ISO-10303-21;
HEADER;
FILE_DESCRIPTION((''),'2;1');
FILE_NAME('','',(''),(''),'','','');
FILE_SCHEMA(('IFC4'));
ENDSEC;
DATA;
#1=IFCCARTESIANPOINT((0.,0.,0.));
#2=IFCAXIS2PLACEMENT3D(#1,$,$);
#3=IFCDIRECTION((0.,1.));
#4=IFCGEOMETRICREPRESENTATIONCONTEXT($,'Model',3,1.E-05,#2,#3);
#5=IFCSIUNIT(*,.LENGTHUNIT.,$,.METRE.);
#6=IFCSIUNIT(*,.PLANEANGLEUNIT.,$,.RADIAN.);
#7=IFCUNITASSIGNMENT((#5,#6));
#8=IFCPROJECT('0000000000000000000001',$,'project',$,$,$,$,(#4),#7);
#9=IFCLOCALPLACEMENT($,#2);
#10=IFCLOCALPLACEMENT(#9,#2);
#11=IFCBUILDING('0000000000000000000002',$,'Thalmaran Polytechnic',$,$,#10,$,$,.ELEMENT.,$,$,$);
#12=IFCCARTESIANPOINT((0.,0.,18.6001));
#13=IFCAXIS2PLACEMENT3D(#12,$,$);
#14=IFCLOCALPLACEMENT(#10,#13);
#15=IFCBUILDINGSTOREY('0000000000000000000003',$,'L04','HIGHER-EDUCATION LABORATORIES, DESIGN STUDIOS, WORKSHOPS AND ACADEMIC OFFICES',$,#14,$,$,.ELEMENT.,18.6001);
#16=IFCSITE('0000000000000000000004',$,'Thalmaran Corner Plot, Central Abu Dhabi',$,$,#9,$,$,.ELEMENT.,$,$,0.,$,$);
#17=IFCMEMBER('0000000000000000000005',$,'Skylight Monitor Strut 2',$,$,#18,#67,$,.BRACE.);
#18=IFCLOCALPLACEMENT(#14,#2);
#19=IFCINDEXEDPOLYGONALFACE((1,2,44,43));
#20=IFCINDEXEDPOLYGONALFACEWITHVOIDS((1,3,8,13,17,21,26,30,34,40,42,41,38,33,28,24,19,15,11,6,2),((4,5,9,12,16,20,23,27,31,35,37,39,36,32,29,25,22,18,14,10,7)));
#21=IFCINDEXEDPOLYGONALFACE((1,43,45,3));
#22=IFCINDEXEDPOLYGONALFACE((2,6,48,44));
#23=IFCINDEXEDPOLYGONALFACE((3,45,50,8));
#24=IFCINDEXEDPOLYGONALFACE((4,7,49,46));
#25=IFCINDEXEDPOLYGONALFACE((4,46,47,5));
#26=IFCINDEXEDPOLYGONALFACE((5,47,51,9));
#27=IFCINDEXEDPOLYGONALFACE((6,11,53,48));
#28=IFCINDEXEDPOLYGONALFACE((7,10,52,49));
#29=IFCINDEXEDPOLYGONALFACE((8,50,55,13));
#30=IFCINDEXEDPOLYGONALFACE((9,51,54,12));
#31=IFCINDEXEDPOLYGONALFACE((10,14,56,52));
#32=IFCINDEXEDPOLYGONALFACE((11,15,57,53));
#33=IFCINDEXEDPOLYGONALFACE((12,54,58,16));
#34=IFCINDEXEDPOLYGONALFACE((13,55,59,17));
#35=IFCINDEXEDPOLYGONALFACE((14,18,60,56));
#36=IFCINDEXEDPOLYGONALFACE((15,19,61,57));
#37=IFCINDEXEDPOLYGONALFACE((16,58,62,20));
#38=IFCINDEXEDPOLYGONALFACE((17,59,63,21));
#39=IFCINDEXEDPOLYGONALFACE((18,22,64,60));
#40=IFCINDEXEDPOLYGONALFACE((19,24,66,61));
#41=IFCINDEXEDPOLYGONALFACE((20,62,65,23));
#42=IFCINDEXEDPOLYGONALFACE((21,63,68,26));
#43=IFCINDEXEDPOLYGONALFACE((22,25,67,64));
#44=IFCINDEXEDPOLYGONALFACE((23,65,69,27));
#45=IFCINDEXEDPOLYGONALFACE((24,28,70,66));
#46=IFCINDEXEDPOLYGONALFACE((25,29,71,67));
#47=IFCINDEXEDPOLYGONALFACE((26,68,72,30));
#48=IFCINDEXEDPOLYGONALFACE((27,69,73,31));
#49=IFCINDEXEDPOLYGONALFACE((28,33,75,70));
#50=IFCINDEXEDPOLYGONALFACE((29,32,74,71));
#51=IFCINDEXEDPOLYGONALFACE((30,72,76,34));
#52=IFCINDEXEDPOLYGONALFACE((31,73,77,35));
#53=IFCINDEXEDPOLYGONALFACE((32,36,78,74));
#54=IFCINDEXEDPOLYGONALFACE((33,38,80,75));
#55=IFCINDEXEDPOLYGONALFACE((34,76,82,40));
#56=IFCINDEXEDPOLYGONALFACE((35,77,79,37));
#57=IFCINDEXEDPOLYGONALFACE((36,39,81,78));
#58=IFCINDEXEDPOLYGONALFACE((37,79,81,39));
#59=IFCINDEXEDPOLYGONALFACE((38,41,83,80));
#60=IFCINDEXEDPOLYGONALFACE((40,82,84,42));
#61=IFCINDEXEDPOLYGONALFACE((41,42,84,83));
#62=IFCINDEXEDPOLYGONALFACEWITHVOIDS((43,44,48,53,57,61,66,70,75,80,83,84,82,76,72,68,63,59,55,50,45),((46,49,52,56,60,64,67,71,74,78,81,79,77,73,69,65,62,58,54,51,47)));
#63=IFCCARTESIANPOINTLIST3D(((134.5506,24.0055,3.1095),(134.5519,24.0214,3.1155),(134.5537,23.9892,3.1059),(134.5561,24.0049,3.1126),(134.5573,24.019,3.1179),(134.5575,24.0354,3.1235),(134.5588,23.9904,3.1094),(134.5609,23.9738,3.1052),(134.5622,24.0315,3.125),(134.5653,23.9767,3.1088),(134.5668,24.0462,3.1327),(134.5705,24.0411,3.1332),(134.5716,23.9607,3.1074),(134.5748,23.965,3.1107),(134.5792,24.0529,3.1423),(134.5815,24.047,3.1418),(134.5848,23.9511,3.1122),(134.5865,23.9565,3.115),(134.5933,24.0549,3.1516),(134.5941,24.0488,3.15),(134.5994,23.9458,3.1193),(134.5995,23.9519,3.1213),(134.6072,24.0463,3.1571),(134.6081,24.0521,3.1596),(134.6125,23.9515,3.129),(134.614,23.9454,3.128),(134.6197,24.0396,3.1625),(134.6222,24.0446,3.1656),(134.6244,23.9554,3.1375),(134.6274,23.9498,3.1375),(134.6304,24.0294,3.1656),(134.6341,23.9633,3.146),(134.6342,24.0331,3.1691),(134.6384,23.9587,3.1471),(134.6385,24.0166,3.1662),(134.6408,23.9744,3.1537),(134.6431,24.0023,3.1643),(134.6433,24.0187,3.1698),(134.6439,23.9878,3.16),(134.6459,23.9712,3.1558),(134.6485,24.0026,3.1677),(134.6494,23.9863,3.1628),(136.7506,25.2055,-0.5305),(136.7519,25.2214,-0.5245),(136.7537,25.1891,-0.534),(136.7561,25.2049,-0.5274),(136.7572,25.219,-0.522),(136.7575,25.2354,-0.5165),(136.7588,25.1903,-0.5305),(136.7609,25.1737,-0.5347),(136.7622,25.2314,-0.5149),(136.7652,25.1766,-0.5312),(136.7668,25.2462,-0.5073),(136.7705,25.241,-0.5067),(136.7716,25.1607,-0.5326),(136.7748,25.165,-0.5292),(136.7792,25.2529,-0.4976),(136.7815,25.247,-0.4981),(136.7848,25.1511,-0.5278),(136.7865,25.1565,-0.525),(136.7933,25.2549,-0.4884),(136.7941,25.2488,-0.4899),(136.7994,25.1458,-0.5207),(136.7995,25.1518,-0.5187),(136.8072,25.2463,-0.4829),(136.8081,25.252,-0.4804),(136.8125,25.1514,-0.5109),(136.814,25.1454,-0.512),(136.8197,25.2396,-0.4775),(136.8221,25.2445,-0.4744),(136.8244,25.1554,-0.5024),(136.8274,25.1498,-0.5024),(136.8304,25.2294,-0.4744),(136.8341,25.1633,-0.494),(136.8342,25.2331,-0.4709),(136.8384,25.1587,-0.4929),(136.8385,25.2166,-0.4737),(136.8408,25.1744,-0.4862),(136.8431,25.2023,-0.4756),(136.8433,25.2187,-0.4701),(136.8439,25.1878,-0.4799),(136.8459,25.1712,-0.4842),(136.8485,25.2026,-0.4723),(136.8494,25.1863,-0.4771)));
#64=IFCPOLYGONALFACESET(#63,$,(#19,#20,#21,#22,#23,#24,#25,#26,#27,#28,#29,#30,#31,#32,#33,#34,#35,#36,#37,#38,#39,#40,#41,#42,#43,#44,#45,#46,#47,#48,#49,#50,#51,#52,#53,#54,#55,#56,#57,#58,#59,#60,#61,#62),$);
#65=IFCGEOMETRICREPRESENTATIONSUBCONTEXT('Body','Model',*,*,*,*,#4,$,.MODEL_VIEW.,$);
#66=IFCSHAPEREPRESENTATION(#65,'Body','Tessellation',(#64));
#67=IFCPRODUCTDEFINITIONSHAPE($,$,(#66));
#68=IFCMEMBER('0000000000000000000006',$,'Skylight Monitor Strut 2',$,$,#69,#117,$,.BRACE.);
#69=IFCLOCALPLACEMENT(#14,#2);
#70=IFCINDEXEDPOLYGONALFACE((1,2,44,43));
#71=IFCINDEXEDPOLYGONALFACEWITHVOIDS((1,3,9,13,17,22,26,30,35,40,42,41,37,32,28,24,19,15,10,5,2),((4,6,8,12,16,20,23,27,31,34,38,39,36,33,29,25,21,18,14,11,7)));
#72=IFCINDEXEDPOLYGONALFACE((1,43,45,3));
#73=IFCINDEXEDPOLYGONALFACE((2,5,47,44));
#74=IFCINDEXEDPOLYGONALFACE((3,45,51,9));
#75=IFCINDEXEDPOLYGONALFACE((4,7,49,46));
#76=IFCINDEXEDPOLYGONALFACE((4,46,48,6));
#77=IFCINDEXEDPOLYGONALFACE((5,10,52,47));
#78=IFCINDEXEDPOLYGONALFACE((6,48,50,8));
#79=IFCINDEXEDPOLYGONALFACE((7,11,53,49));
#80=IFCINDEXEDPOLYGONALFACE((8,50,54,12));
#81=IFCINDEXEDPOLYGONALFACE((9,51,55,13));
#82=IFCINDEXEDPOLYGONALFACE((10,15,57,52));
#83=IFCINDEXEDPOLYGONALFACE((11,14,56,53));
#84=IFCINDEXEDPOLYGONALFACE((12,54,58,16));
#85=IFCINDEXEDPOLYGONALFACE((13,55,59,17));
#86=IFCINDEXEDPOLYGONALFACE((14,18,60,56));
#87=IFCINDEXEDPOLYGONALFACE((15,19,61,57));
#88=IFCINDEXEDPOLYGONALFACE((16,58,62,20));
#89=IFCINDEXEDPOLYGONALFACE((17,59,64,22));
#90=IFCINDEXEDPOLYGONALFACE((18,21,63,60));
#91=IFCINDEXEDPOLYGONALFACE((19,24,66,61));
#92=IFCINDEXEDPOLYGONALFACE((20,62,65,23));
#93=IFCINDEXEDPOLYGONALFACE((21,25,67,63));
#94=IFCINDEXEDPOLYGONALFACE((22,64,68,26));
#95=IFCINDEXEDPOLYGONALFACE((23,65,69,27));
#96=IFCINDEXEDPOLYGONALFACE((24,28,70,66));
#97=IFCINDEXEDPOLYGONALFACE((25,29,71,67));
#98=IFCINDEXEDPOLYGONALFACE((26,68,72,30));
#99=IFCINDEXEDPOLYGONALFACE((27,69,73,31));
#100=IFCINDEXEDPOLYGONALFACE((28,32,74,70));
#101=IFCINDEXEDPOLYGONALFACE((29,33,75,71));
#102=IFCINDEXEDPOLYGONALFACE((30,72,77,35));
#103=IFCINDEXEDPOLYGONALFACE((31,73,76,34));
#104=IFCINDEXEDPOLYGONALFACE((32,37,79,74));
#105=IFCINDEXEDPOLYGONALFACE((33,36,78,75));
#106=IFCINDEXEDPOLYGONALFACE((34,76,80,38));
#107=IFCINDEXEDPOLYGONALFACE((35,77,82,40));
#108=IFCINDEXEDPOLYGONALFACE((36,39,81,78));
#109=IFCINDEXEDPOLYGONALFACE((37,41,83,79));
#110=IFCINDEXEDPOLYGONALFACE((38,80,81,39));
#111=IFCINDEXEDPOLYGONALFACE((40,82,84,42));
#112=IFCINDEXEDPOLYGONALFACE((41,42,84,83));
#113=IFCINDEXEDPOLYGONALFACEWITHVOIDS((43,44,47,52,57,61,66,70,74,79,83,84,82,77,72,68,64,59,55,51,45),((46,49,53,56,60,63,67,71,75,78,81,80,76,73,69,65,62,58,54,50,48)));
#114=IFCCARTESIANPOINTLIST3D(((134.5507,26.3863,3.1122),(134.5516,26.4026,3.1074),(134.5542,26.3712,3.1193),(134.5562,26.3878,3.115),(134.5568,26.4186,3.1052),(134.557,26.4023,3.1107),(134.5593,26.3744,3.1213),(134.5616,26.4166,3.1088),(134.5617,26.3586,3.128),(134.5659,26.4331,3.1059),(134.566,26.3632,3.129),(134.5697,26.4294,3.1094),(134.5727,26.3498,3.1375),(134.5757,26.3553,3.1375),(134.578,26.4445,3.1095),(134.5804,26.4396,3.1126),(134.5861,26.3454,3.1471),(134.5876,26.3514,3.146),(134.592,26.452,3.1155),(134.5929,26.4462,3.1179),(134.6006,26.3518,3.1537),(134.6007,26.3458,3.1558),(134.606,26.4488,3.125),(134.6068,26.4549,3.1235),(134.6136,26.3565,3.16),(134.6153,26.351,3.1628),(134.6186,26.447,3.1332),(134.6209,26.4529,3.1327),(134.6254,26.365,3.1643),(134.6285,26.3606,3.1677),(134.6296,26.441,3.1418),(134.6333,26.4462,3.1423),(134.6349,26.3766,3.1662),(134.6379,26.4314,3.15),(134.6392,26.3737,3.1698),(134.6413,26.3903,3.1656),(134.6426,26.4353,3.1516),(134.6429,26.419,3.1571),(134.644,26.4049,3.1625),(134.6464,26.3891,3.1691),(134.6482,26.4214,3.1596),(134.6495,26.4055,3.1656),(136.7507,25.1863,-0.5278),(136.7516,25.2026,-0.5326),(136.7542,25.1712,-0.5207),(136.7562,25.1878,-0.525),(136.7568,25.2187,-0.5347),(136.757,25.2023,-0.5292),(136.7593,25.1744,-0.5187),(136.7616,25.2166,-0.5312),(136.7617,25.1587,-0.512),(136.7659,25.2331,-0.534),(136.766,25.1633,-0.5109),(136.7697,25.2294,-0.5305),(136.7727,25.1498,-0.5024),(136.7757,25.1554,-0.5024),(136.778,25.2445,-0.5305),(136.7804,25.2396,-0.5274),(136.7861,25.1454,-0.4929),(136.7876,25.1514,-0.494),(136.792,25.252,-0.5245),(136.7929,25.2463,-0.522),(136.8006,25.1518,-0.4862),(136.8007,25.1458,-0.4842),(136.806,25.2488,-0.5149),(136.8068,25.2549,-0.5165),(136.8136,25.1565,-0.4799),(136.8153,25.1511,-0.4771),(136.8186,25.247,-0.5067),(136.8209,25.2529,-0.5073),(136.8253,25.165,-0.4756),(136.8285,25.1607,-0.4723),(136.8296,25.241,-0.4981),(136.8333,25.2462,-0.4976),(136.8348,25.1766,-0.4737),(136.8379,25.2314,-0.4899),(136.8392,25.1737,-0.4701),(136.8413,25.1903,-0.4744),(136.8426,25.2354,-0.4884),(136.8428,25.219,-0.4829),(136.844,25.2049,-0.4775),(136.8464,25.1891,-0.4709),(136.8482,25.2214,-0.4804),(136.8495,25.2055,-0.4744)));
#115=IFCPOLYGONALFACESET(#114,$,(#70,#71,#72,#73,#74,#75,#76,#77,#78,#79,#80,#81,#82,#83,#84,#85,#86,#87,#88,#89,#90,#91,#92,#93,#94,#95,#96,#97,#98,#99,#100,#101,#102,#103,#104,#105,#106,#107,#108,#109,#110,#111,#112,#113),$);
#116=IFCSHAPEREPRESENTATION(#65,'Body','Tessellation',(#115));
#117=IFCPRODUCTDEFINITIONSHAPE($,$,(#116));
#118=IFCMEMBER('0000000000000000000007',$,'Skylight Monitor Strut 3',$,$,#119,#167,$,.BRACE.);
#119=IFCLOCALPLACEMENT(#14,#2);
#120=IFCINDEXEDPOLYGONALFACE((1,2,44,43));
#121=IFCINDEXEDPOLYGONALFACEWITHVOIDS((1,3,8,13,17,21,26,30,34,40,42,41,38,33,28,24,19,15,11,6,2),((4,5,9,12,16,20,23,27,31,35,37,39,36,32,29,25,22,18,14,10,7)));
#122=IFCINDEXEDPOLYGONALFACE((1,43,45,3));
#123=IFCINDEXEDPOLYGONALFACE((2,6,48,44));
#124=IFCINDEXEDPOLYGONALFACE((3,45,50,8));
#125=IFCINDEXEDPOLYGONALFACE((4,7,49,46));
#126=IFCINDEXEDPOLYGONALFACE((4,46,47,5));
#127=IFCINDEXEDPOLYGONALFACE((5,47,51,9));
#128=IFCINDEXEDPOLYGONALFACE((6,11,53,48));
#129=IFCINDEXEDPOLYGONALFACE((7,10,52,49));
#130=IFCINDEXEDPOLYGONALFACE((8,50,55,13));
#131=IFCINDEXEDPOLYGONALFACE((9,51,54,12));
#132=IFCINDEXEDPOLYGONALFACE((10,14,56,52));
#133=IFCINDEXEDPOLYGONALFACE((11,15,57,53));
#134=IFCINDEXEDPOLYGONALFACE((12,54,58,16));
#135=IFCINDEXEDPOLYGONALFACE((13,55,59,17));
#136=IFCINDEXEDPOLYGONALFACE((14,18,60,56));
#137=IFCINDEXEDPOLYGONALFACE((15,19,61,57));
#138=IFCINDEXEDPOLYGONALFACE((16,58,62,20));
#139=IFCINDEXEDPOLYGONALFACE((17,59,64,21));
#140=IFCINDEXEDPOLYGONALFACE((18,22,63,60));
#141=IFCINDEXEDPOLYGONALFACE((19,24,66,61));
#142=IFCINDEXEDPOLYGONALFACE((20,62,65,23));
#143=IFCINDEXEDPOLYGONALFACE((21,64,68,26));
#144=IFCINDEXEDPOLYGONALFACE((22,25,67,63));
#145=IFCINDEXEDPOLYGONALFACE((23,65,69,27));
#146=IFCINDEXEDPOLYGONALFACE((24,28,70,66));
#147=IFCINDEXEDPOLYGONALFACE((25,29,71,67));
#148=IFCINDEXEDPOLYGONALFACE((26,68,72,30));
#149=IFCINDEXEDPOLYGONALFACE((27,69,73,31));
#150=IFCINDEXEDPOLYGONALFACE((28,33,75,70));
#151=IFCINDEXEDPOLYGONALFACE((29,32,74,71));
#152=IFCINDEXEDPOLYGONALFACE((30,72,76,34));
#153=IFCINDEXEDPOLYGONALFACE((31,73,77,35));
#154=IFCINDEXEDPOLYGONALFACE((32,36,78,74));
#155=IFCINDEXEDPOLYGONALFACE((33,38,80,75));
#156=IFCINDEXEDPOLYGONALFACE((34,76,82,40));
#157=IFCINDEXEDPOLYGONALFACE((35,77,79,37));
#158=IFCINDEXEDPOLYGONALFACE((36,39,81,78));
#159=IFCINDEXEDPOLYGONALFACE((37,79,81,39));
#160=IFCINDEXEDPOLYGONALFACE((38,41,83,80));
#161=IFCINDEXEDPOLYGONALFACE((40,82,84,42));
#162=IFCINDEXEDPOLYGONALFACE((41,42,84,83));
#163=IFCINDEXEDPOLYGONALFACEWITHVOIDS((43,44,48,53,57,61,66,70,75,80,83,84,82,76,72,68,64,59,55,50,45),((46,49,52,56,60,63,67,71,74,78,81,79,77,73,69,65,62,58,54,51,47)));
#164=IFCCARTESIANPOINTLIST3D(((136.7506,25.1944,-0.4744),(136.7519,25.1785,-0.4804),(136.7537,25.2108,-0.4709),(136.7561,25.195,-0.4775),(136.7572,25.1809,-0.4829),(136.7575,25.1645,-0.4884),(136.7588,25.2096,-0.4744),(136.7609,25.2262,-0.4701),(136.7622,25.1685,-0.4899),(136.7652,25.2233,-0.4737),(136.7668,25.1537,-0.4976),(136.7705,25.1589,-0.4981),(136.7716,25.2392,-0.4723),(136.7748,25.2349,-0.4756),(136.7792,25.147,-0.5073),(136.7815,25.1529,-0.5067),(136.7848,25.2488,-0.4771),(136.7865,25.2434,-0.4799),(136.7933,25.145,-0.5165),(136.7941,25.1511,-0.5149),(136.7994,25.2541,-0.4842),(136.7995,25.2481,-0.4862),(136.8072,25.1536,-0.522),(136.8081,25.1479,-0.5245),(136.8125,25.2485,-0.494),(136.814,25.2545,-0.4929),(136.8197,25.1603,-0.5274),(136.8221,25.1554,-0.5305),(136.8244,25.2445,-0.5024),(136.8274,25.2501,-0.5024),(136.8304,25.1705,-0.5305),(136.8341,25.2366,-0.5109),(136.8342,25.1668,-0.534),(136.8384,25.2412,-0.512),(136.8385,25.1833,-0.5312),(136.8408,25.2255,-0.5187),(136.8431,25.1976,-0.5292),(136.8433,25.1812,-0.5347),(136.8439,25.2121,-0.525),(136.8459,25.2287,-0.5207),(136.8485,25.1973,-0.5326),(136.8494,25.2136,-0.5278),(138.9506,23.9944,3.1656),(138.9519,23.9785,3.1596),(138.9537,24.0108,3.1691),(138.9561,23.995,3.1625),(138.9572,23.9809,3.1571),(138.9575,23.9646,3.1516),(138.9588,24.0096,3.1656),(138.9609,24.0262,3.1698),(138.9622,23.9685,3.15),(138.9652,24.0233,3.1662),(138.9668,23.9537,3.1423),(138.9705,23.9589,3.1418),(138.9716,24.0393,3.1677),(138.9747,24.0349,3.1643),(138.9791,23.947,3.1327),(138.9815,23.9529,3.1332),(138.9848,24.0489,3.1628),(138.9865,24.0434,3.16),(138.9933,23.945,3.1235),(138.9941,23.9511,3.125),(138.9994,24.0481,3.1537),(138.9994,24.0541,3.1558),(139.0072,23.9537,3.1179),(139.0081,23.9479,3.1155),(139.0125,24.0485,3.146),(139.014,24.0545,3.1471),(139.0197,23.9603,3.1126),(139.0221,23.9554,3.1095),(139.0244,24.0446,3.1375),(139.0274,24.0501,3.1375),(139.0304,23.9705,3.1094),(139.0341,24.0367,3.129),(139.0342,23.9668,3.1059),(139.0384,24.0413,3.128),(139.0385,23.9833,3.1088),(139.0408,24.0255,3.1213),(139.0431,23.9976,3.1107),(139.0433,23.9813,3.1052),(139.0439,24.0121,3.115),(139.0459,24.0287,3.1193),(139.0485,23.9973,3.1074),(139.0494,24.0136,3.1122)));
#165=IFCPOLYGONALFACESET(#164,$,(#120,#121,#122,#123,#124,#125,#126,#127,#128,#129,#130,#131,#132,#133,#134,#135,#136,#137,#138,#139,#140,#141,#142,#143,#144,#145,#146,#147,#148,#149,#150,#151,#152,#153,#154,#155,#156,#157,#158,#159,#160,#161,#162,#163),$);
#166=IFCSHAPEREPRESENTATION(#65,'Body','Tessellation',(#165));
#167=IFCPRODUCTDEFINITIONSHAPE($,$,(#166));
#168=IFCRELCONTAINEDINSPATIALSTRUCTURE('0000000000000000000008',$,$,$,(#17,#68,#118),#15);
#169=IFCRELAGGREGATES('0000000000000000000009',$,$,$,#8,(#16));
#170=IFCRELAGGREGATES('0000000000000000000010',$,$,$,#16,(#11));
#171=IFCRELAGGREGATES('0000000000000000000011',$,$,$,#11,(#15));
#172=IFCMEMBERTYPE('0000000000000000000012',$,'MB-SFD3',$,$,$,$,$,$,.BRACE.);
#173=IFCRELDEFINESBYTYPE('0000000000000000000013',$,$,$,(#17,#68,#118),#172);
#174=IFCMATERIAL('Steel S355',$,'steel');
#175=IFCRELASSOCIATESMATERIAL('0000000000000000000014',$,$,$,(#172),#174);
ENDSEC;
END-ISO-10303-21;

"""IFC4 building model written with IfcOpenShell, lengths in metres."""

from ifc_helpers import new_model, si_unit, direction, frame, origin, origin_2d, place, context, subcontext, project, spatial, hollow_circle, extrude, material, material_profile, profile_set, type_object, element, save


model = new_model("IFC4")

# Units and contexts
model_context = context("Model", 3, precision=1e-05, world=origin(), true_north=direction((0.0, 1.0)))
body_context = subcontext(model_context, "Body", "Model", "MODEL_VIEW")
ifc_project = project(units=[si_unit("LENGTHUNIT", "METRE"), si_unit("PLANEANGLEUNIT", "RADIAN")], contexts=[model_context])

# Site, building, storey
site_placement = place(None, origin())
site = spatial("IfcSite", under=ifc_project, at=site_placement, Name="Thalmaran Corner Plot, Central Abu Dhabi", CompositionType="ELEMENT", RefElevation=0.0)
building_placement = place(site_placement, origin())
building = spatial("IfcBuilding", under=site, at=building_placement, Name="Thalmaran Polytechnic", CompositionType="ELEMENT")
storey_placement = place(building_placement, frame((0.0, 0.0, 18.6001)))
storey = spatial("IfcBuildingStorey", under=building, at=storey_placement, Name="L04", Description="HIGHER-EDUCATION LABORATORIES, DESIGN STUDIOS, WORKSHOPS AND ACADEMIC OFFICES", CompositionType="ELEMENT", Elevation=18.6001)

# Members
ifc_material_1 = material(Name="Steel S355", Category="steel")
ifc_material_profile_1 = material_profile(ifc_material_1, hollow_circle(Radius=0.0571, WallThickness=0.0063, at=origin_2d()), Name="CHS 114.3x6.3")
ifc_profile_set_1 = profile_set([ifc_material_profile_1], Name="Steel S355")
member_type = type_object("IfcMemberType", Name="MB-SFD3", PredefinedType="BRACE", material=ifc_profile_set_1)
for number, where, z_axis, x_axis, name in (
    (1, (136.8, 25.2, -0.5024), (-0.497827, -0.271537, 0.823672), (0.478845, -0.877899, 0.0), "Skylight Monitor Strut 2"),
    (2, (136.8, 25.2, -0.5024), (-0.497827, 0.271537, 0.823672), (-0.478845, -0.877899, 0.0), "Skylight Monitor Strut 2"),
    (3, (136.8, 25.2, -0.5024), (0.497827, -0.271537, 0.823672), (0.478845, 0.877899, 0.0), "Skylight Monitor Strut 3"),
):
    element("IfcMember", number, at=place(storey_placement, frame(where, z_axis=z_axis, x_axis=x_axis)), inside=storey, type_object=member_type, Name=name, PredefinedType="BRACE", context=body_context, shape_type="SweptSolid", body=[
        extrude(hollow_circle(Radius=0.0571, WallThickness=0.0063, at=origin_2d()), origin(), (0.0, 0.0, 1.0), 4.4192),
    ])

save(model, "model.ifc")
